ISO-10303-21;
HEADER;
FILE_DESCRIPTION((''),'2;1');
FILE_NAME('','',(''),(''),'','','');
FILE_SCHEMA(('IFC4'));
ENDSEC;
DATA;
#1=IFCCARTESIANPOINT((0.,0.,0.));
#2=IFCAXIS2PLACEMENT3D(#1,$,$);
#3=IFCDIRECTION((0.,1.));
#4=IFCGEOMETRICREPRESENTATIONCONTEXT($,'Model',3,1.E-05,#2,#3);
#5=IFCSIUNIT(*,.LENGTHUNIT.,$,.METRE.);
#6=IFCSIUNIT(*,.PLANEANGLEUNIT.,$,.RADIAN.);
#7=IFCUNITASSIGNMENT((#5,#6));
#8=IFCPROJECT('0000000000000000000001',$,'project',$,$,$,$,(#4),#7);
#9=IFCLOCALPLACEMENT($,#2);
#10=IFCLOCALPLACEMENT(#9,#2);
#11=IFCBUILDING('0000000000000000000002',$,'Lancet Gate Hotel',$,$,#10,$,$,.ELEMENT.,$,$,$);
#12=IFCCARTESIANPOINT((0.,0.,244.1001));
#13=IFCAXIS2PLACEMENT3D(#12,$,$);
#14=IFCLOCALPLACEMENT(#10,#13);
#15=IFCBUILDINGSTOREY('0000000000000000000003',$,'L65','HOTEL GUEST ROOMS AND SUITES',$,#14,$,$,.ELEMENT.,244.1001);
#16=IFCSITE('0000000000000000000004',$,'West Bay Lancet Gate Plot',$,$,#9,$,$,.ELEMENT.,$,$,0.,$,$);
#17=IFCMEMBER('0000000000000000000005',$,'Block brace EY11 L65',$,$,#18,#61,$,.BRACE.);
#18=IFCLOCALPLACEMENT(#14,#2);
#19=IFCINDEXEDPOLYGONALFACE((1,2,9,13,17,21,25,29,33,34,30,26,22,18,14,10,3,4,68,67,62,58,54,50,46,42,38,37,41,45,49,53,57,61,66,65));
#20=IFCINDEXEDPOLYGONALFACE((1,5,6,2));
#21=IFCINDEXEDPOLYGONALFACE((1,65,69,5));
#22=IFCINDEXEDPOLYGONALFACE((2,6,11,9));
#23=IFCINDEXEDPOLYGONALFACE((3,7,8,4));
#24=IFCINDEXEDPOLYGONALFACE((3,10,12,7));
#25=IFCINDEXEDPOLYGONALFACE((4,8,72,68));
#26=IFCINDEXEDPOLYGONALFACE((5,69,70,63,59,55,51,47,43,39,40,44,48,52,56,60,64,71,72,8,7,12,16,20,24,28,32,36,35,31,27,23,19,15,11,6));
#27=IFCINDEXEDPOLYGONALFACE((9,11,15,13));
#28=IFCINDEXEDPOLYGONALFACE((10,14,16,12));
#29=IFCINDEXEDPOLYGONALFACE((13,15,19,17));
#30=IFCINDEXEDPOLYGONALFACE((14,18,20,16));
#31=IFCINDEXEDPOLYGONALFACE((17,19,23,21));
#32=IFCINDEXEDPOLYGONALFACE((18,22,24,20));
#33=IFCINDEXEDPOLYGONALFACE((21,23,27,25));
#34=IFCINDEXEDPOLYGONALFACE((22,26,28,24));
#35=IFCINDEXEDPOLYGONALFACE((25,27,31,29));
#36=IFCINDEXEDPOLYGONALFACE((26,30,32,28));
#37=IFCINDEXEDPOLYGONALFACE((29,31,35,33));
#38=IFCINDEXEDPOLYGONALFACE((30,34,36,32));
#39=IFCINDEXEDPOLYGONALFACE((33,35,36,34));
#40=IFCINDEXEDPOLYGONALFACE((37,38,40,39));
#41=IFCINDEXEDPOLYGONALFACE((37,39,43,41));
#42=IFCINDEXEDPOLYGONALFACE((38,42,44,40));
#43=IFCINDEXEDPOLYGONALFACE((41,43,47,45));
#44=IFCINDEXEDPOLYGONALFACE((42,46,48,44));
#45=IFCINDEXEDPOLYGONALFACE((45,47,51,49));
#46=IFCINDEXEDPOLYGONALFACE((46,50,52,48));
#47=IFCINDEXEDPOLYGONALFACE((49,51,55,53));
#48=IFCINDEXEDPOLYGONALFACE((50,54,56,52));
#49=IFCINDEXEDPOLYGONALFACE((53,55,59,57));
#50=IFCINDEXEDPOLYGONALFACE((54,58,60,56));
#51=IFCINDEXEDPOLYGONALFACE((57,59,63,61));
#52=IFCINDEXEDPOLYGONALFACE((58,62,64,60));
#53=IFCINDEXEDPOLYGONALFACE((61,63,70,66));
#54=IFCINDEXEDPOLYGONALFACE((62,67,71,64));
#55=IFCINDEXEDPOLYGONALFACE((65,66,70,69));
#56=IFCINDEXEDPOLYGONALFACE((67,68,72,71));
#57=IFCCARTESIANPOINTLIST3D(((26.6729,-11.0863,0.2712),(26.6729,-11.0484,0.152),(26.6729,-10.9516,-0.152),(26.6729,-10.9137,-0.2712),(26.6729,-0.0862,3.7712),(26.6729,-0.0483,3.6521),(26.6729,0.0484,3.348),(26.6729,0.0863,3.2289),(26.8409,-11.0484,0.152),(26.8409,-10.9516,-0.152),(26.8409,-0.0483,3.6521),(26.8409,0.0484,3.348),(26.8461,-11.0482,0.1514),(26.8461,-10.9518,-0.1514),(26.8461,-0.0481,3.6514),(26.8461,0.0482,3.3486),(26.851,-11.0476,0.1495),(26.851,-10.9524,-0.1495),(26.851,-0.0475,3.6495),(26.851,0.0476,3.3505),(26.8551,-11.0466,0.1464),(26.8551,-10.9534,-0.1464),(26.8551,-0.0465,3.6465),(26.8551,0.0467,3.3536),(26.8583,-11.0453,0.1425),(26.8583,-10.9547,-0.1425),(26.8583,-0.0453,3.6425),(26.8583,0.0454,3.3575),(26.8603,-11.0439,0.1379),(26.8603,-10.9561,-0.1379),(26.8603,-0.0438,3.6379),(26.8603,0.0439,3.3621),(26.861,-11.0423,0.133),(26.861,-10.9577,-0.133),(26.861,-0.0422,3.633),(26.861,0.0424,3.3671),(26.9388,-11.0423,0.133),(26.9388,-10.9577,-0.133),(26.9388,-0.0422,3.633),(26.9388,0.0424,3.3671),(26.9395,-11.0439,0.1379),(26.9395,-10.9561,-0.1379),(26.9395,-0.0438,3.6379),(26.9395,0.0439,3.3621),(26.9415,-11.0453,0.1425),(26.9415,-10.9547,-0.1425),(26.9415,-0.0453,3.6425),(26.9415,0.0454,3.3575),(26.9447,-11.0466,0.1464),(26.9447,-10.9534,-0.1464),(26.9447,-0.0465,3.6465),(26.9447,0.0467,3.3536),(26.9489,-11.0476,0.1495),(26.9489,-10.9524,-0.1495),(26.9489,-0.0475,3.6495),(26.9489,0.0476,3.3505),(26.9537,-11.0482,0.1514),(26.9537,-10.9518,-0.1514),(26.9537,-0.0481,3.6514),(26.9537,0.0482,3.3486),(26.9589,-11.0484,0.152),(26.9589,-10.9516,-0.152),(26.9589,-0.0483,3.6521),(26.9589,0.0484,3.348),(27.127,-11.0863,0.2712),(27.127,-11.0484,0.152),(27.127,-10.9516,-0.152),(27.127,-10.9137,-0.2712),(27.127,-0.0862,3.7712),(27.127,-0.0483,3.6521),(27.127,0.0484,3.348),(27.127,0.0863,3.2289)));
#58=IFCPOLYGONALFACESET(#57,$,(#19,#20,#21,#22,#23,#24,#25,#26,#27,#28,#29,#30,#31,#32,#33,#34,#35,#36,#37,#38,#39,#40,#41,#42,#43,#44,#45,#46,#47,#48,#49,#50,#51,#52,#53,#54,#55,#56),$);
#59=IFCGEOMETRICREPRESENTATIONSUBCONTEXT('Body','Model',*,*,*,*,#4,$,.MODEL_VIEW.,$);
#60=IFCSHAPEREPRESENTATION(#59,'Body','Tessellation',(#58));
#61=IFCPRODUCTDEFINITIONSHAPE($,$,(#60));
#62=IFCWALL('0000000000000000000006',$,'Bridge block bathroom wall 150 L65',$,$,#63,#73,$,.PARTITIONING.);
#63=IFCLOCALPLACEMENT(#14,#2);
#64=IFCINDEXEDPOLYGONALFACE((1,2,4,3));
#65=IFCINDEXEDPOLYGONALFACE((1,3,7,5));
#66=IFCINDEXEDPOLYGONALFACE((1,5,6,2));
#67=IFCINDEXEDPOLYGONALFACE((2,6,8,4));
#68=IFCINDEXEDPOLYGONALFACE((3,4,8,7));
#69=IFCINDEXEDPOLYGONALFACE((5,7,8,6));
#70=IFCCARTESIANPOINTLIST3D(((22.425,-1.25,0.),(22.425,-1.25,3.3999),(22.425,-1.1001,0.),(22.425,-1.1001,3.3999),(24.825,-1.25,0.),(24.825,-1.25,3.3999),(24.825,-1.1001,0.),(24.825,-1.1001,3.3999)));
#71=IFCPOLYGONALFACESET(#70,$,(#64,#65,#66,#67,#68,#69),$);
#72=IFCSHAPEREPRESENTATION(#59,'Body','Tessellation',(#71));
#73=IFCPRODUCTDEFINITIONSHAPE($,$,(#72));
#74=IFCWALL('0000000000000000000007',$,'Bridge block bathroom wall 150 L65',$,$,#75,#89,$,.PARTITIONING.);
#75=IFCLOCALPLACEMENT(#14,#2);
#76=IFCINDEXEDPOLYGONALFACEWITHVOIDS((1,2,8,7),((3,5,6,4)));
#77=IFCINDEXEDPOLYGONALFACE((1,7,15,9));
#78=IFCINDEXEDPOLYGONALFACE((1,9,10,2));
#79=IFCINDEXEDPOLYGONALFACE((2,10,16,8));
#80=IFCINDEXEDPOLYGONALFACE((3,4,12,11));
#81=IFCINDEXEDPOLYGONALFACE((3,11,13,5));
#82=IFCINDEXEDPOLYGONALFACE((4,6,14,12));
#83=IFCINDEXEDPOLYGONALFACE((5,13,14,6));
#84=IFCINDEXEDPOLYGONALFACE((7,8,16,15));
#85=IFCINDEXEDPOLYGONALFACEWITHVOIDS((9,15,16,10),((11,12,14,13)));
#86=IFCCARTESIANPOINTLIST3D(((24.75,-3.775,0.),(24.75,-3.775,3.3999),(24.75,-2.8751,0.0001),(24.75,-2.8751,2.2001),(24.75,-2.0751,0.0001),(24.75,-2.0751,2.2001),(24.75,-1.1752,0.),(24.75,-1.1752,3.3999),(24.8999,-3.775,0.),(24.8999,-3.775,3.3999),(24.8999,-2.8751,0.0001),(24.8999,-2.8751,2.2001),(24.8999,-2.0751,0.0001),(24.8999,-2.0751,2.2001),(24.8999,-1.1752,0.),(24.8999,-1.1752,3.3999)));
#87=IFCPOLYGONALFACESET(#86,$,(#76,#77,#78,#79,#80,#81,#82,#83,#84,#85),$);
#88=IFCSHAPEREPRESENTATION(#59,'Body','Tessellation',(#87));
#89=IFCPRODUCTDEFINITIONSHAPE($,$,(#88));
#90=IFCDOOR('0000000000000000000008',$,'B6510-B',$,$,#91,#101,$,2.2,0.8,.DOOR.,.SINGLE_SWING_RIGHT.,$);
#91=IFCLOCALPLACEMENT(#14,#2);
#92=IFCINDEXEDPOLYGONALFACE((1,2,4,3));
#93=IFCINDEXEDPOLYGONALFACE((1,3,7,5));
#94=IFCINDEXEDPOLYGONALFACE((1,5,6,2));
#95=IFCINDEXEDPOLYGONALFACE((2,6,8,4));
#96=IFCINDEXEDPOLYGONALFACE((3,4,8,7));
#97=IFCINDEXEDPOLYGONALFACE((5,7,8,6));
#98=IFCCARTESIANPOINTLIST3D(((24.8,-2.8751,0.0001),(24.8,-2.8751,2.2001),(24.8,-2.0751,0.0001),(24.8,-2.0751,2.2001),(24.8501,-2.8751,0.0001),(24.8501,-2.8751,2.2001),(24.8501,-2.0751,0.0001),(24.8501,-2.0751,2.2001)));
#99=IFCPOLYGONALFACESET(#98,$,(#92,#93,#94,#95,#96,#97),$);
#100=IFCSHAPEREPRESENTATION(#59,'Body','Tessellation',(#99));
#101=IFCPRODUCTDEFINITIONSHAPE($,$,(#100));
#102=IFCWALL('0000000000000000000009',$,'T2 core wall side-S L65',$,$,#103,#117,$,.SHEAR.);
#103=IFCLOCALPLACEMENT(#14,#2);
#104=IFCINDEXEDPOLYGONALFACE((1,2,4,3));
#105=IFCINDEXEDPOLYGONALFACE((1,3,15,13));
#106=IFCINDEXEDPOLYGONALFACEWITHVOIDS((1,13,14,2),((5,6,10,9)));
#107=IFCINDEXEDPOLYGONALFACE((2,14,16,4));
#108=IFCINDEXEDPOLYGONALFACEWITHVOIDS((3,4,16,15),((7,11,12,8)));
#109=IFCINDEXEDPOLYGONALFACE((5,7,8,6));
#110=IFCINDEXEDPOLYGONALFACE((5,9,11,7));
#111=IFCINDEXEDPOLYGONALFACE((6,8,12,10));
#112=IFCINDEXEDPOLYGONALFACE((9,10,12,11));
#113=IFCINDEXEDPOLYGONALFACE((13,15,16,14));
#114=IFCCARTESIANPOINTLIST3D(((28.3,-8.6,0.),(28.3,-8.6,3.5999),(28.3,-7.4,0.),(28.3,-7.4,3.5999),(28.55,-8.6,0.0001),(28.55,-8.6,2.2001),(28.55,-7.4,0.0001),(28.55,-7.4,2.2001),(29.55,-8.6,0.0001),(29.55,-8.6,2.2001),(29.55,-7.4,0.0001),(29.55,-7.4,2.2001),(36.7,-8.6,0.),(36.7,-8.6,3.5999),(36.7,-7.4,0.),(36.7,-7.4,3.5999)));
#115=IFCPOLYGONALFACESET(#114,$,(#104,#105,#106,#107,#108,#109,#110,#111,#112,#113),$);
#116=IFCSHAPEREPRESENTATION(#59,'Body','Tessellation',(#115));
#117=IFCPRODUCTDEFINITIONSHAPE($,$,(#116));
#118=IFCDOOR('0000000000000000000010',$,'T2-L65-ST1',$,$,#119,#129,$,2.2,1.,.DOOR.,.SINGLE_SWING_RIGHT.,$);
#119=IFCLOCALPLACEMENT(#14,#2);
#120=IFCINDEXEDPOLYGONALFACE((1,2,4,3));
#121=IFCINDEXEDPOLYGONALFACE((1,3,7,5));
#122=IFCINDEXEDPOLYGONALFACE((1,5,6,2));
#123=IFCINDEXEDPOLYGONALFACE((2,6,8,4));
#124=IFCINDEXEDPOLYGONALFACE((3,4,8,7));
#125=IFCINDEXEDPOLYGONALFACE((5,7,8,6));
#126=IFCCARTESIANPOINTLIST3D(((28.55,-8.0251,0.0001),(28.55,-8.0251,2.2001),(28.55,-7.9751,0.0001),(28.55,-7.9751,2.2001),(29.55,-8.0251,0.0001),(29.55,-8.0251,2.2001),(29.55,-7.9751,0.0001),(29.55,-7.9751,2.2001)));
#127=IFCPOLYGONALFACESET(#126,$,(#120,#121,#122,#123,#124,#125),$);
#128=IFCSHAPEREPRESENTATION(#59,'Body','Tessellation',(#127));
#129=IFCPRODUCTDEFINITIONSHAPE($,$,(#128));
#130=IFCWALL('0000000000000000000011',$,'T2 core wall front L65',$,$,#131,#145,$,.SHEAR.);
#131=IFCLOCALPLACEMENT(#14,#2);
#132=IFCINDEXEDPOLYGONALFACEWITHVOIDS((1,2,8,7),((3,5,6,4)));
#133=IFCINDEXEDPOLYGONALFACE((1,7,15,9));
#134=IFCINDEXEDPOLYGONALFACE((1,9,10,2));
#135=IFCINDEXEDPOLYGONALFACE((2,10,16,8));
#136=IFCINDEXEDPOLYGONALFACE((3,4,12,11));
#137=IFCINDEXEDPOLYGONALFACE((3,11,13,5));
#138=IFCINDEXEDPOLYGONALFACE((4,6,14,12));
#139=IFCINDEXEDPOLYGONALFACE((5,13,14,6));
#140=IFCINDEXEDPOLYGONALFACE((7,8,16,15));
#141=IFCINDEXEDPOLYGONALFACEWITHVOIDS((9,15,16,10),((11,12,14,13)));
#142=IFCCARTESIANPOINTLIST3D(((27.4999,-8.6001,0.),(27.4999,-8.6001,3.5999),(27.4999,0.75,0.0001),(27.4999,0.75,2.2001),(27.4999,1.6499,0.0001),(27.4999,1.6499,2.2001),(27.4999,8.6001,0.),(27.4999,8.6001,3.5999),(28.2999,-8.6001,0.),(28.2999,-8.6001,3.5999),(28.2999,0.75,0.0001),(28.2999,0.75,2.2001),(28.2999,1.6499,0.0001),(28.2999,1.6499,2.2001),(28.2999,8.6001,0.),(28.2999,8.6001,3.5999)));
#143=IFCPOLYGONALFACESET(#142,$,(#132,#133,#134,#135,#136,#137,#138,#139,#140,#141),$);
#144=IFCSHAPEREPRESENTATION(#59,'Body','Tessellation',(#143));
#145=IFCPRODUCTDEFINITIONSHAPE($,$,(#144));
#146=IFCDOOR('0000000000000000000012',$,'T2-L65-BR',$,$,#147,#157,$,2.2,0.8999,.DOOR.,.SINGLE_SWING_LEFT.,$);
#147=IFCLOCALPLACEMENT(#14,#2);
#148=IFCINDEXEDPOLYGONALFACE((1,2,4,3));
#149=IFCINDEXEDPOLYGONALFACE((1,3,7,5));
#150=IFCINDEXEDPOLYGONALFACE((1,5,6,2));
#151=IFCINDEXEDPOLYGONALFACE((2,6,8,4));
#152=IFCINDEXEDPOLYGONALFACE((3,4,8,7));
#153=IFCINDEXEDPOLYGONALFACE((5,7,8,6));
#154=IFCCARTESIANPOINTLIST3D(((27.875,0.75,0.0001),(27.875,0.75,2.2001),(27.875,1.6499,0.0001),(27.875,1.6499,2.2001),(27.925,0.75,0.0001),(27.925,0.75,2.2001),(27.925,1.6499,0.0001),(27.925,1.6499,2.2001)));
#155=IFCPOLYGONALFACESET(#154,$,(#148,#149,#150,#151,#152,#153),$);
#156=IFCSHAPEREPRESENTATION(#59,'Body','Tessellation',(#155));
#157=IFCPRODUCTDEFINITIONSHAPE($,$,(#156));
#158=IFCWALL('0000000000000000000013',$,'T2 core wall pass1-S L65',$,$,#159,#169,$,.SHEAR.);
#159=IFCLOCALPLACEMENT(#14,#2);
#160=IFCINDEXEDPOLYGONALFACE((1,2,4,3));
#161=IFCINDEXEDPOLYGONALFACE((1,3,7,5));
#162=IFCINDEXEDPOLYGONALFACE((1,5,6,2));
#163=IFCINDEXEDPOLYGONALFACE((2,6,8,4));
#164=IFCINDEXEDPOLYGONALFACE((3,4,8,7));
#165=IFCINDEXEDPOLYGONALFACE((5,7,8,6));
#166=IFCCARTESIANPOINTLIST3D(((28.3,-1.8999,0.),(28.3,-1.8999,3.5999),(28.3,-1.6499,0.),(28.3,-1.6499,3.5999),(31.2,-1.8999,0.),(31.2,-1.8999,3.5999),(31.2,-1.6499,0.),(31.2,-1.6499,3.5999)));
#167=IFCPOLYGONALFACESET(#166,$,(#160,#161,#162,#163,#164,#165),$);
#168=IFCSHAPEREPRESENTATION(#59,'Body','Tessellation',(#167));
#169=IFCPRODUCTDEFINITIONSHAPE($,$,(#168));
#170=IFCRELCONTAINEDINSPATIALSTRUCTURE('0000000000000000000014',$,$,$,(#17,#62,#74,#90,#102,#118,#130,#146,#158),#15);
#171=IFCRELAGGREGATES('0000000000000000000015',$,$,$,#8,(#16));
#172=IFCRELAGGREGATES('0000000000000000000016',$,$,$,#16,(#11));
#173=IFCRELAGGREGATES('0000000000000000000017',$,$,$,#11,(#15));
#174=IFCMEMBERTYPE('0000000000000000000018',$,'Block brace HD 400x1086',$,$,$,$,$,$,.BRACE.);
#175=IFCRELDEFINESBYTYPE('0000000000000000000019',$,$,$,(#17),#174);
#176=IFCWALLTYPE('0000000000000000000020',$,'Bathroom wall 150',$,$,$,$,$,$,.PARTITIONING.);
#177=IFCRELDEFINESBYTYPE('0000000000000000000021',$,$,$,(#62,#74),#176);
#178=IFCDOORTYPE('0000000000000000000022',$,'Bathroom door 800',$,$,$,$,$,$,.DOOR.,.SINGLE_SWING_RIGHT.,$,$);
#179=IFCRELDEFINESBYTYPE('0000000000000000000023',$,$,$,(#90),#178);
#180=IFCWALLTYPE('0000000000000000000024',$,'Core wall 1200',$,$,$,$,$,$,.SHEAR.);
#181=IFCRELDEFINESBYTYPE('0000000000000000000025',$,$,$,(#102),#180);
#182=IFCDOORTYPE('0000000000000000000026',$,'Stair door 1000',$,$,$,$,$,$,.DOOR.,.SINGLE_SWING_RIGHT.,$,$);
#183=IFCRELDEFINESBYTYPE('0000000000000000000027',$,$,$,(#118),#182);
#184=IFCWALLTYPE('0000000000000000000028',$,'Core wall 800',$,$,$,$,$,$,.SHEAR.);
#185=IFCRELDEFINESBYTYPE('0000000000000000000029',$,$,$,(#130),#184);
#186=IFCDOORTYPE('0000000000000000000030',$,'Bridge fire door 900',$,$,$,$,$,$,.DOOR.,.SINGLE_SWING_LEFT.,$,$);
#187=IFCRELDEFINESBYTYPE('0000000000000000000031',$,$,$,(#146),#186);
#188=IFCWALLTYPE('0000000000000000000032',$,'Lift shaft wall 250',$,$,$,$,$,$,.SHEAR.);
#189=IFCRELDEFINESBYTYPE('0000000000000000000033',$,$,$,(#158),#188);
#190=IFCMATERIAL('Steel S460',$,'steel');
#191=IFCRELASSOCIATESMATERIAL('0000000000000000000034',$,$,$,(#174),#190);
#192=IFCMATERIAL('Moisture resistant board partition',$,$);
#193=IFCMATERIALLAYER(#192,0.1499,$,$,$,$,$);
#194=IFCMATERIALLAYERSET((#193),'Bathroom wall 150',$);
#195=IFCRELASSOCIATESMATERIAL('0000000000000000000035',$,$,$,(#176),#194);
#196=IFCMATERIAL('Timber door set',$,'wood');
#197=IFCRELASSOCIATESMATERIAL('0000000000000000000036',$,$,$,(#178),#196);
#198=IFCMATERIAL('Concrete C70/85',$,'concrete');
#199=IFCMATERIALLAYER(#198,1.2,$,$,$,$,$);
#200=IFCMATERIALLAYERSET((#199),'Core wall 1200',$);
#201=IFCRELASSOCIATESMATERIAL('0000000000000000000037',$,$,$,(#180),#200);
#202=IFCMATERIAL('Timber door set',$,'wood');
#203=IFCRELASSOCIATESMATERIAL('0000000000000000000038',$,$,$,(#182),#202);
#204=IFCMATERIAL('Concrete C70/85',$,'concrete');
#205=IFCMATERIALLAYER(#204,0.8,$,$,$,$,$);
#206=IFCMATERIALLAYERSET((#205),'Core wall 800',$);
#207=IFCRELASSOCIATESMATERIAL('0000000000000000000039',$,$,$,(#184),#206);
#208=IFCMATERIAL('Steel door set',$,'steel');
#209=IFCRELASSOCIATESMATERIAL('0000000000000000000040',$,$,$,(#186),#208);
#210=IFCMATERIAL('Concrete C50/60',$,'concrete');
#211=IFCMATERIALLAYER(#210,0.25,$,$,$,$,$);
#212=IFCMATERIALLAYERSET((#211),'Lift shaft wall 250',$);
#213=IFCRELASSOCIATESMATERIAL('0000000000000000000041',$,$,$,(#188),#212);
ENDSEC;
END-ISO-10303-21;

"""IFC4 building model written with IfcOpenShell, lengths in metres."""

from ifc_helpers import new_model, si_unit, direction, frame, frame_2d, origin, origin_2d, place, context, subcontext, project, spatial, rectangle, i_section, extrude, material, layer, layer_set, material_profile, profile_set, type_object, element, fill, save


model = new_model("IFC4")

# Units and contexts
model_context = context("Model", 3, precision=1e-05, world=origin(), true_north=direction((0.0, 1.0)))
body_context = subcontext(model_context, "Body", "Model", "MODEL_VIEW")
ifc_project = project(units=[si_unit("LENGTHUNIT", "METRE"), si_unit("PLANEANGLEUNIT", "RADIAN")], contexts=[model_context])

# Site, building, storey
site_placement = place(None, origin())
site = spatial("IfcSite", under=ifc_project, at=site_placement, Name="West Bay Lancet Gate Plot", CompositionType="ELEMENT", RefElevation=0.0)
building_placement = place(site_placement, origin())
building = spatial("IfcBuilding", under=site, at=building_placement, Name="Lancet Gate Hotel", CompositionType="ELEMENT")
storey_placement = place(building_placement, frame((0.0, 0.0, 244.1001)))
storey = spatial("IfcBuildingStorey", under=building, at=storey_placement, Name="L65", Description="HOTEL GUEST ROOMS AND SUITES", CompositionType="ELEMENT", Elevation=244.1001)

# Member
ifc_material_1 = material(Name="Steel S460", Category="steel")
ifc_material_profile_1 = material_profile(ifc_material_1, i_section(OverallWidth=0.4541, OverallDepth=0.5691, WebThickness=0.0779, FlangeThickness=0.125, FilletRadius=0.02, at=origin_2d()), Name="HD 400x1086")
ifc_profile_set_1 = profile_set([ifc_material_profile_1], Name="Steel S460")
member_type_1 = type_object("IfcMemberType", Name="Block brace HD 400x1086", PredefinedType="BRACE", material=ifc_profile_set_1)
member_1_placement = place(storey_placement, frame((26.8999, -11.0, 0.0), z_axis=(0.0, 0.952926, 0.303204), x_axis=(-1.0, 0.0, 0.0)))
element("IfcMember", 1, at=member_1_placement, inside=storey, type_object=member_type_1, Name="Block brace EY11 L65", PredefinedType="BRACE", context=body_context, shape_type="SweptSolid", body=[
    extrude(i_section(OverallWidth=0.4541, OverallDepth=0.5691, WebThickness=0.0779, FlangeThickness=0.125, FilletRadius=0.02, at=origin_2d()), origin(), (0.0, 0.0, 1.0), 11.5435),
])

# Wall
ifc_material_2 = material(Name="Moisture resistant board partition")
ifc_layer_1 = layer(ifc_material_2, 0.1499)
ifc_layer_set_1 = layer_set([ifc_layer_1], Name="Bathroom wall 150")
wall_type_1 = type_object("IfcWallType", Name="Bathroom wall 150", PredefinedType="PARTITIONING", material=ifc_layer_set_1)
wall_1_placement = place(storey_placement, frame((22.425, -1.175, 0.0), z_axis=(0.0, 0.0, 1.0), x_axis=(1.0, 0.0, 0.0)))
element("IfcWall", 2, at=wall_1_placement, inside=storey, type_object=wall_type_1, Name="Bridge block bathroom wall 150 L65", PredefinedType="PARTITIONING", context=body_context, shape_type="SweptSolid", body=[
    extrude(rectangle(XDim=2.3999, YDim=0.1499, at=frame_2d((1.2, 0.0))), origin(), (0.0, 0.0, 1.0), 3.3999),
])

# Walls, openings, doors
wall_2_placement = place(storey_placement, frame((24.825, -3.7749, 0.0), z_axis=(0.0, 0.0, 1.0), x_axis=(0.0, 1.0, 0.0)))
wall_2 = element("IfcWall", 3, at=wall_2_placement, inside=storey, type_object=wall_type_1, Name="Bridge block bathroom wall 150 L65", PredefinedType="PARTITIONING", context=body_context, shape_type="SweptSolid", body=[
    extrude(rectangle(XDim=2.5999, YDim=0.1499, at=frame_2d((1.2998, 0.0))), origin(), (0.0, 0.0, 1.0), 3.3999),
])
opening_1_placement = place(wall_2_placement, frame((0.8999, 0.0, 0.0)))
opening_1 = element("IfcOpeningElement", 4, at=opening_1_placement, cuts=wall_2, PredefinedType="OPENING", context=body_context, shape_type="SweptSolid", body=[
    extrude(rectangle(XDim=0.8, YDim=2.2, at=frame_2d((0.3999, 1.1001))), frame((0.0, 0.085, 0.0), z_axis=(0.0, -1.0, 0.0), x_axis=(1.0, 0.0, 0.0)), (0.0, 0.0, 1.0), 0.1699),
])
ifc_material_3 = material(Name="Timber door set", Category="wood")
door_type_1 = type_object("IfcDoorType", Name="Bathroom door 800", OperationType="SINGLE_SWING_RIGHT", PredefinedType="DOOR", material=ifc_material_3)
door_1_placement = place(opening_1_placement, origin())
door_1 = element("IfcDoor", 5, at=door_1_placement, inside=storey, type_object=door_type_1, Name="B6510-B", OperationType="SINGLE_SWING_RIGHT", OverallHeight=2.2, OverallWidth=0.8, PredefinedType="DOOR", context=body_context, shape_type="SweptSolid", body=[
    extrude(rectangle(XDim=0.8, YDim=2.2, at=frame_2d((0.3999, 1.1001))), frame((0.0, 0.0249, 0.0), z_axis=(0.0, -1.0, 0.0), x_axis=(1.0, 0.0, 0.0)), (0.0, 0.0, 1.0), 0.05),
])
fill(opening_1, door_1)
ifc_material_4 = material(Name="Concrete C70/85", Category="concrete")
ifc_layer_2 = layer(ifc_material_4, 1.2)
ifc_layer_set_2 = layer_set([ifc_layer_2], Name="Core wall 1200")
wall_type_2 = type_object("IfcWallType", Name="Core wall 1200", PredefinedType="SHEAR", material=ifc_layer_set_2)
wall_3_placement = place(storey_placement, frame((28.3, -8.0, 0.0), z_axis=(0.0, 0.0, 1.0), x_axis=(1.0, 0.0, 0.0)))
wall_3 = element("IfcWall", 6, at=wall_3_placement, inside=storey, type_object=wall_type_2, Name="T2 core wall side-S L65", PredefinedType="SHEAR", context=body_context, shape_type="SweptSolid", body=[
    extrude(rectangle(XDim=8.3999, YDim=1.2, at=frame_2d((4.2, 0.0))), origin(), (0.0, 0.0, 1.0), 3.5999),
])
opening_2_placement = place(wall_3_placement, frame((0.25, 0.0, 0.0)))
opening_2 = element("IfcOpeningElement", 7, at=opening_2_placement, cuts=wall_3, PredefinedType="OPENING", context=body_context, shape_type="SweptSolid", body=[
    extrude(rectangle(XDim=1.0, YDim=2.2, at=frame_2d((0.5, 1.1001))), frame((0.0, 0.6099, 0.0), z_axis=(0.0, -1.0, 0.0), x_axis=(1.0, 0.0, 0.0)), (0.0, 0.0, 1.0), 1.22),
])
ifc_material_5 = material(Name="Timber door set", Category="wood")
door_type_2 = type_object("IfcDoorType", Name="Stair door 1000", OperationType="SINGLE_SWING_RIGHT", PredefinedType="DOOR", material=ifc_material_5)
door_2_placement = place(opening_2_placement, origin())
door_2 = element("IfcDoor", 8, at=door_2_placement, inside=storey, type_object=door_type_2, Name="T2-L65-ST1", OperationType="SINGLE_SWING_RIGHT", OverallHeight=2.2, OverallWidth=1.0, PredefinedType="DOOR", context=body_context, shape_type="SweptSolid", body=[
    extrude(rectangle(XDim=1.0, YDim=2.2, at=frame_2d((0.5, 1.1001))), frame((0.0, 0.0249, 0.0), z_axis=(0.0, -1.0, 0.0), x_axis=(1.0, 0.0, 0.0)), (0.0, 0.0, 1.0), 0.05),
])
fill(opening_2, door_2)
ifc_material_6 = material(Name="Concrete C70/85", Category="concrete")
ifc_layer_3 = layer(ifc_material_6, 0.8)
ifc_layer_set_3 = layer_set([ifc_layer_3], Name="Core wall 800")
wall_type_3 = type_object("IfcWallType", Name="Core wall 800", PredefinedType="SHEAR", material=ifc_layer_set_3)
wall_4_placement = place(storey_placement, frame((27.8999, -8.6001, 0.0), z_axis=(0.0, 0.0, 1.0), x_axis=(0.0, 1.0, 0.0)))
wall_4 = element("IfcWall", 9, at=wall_4_placement, inside=storey, type_object=wall_type_3, Name="T2 core wall front L65", PredefinedType="SHEAR", context=body_context, shape_type="SweptSolid", body=[
    extrude(rectangle(XDim=17.2002, YDim=0.8, at=frame_2d((8.6001, 0.0))), origin(), (0.0, 0.0, 1.0), 3.5999),
])
opening_3_placement = place(wall_4_placement, frame((9.3501, 0.0, 0.0)))
opening_3 = element("IfcOpeningElement", 10, at=opening_3_placement, cuts=wall_4, PredefinedType="OPENING", context=body_context, shape_type="SweptSolid", body=[
    extrude(rectangle(XDim=0.8999, YDim=2.2, at=frame_2d((0.45, 1.1001))), frame((0.0, 0.4099, 0.0), z_axis=(0.0, -1.0, 0.0), x_axis=(1.0, 0.0, 0.0)), (0.0, 0.0, 1.0), 0.8201),
])
ifc_material_7 = material(Name="Steel door set", Category="steel")
door_type_3 = type_object("IfcDoorType", Name="Bridge fire door 900", OperationType="SINGLE_SWING_LEFT", PredefinedType="DOOR", material=ifc_material_7)
door_3_placement = place(opening_3_placement, origin())
door_3 = element("IfcDoor", 11, at=door_3_placement, inside=storey, type_object=door_type_3, Name="T2-L65-BR", OperationType="SINGLE_SWING_LEFT", OverallHeight=2.2, OverallWidth=0.8999, PredefinedType="DOOR", context=body_context, shape_type="SweptSolid", body=[
    extrude(rectangle(XDim=0.8999, YDim=2.2, at=frame_2d((0.45, 1.1001))), frame((0.0, 0.0249, 0.0), z_axis=(0.0, -1.0, 0.0), x_axis=(1.0, 0.0, 0.0)), (0.0, 0.0, 1.0), 0.05),
])
fill(opening_3, door_3)

# Wall
ifc_material_8 = material(Name="Concrete C50/60", Category="concrete")
ifc_layer_4 = layer(ifc_material_8, 0.25)
ifc_layer_set_4 = layer_set([ifc_layer_4], Name="Lift shaft wall 250")
wall_type_4 = type_object("IfcWallType", Name="Lift shaft wall 250", PredefinedType="SHEAR", material=ifc_layer_set_4)
wall_5_placement = place(storey_placement, frame((28.3, -1.7749, 0.0), z_axis=(0.0, 0.0, 1.0), x_axis=(1.0, 0.0, 0.0)))
element("IfcWall", 12, at=wall_5_placement, inside=storey, type_object=wall_type_4, Name="T2 core wall pass1-S L65", PredefinedType="SHEAR", context=body_context, shape_type="SweptSolid", body=[
    extrude(rectangle(XDim=2.8999, YDim=0.25, at=frame_2d((1.45, 0.0))), origin(), (0.0, 0.0, 1.0), 3.5999),
])

save(model, "model.ifc")
